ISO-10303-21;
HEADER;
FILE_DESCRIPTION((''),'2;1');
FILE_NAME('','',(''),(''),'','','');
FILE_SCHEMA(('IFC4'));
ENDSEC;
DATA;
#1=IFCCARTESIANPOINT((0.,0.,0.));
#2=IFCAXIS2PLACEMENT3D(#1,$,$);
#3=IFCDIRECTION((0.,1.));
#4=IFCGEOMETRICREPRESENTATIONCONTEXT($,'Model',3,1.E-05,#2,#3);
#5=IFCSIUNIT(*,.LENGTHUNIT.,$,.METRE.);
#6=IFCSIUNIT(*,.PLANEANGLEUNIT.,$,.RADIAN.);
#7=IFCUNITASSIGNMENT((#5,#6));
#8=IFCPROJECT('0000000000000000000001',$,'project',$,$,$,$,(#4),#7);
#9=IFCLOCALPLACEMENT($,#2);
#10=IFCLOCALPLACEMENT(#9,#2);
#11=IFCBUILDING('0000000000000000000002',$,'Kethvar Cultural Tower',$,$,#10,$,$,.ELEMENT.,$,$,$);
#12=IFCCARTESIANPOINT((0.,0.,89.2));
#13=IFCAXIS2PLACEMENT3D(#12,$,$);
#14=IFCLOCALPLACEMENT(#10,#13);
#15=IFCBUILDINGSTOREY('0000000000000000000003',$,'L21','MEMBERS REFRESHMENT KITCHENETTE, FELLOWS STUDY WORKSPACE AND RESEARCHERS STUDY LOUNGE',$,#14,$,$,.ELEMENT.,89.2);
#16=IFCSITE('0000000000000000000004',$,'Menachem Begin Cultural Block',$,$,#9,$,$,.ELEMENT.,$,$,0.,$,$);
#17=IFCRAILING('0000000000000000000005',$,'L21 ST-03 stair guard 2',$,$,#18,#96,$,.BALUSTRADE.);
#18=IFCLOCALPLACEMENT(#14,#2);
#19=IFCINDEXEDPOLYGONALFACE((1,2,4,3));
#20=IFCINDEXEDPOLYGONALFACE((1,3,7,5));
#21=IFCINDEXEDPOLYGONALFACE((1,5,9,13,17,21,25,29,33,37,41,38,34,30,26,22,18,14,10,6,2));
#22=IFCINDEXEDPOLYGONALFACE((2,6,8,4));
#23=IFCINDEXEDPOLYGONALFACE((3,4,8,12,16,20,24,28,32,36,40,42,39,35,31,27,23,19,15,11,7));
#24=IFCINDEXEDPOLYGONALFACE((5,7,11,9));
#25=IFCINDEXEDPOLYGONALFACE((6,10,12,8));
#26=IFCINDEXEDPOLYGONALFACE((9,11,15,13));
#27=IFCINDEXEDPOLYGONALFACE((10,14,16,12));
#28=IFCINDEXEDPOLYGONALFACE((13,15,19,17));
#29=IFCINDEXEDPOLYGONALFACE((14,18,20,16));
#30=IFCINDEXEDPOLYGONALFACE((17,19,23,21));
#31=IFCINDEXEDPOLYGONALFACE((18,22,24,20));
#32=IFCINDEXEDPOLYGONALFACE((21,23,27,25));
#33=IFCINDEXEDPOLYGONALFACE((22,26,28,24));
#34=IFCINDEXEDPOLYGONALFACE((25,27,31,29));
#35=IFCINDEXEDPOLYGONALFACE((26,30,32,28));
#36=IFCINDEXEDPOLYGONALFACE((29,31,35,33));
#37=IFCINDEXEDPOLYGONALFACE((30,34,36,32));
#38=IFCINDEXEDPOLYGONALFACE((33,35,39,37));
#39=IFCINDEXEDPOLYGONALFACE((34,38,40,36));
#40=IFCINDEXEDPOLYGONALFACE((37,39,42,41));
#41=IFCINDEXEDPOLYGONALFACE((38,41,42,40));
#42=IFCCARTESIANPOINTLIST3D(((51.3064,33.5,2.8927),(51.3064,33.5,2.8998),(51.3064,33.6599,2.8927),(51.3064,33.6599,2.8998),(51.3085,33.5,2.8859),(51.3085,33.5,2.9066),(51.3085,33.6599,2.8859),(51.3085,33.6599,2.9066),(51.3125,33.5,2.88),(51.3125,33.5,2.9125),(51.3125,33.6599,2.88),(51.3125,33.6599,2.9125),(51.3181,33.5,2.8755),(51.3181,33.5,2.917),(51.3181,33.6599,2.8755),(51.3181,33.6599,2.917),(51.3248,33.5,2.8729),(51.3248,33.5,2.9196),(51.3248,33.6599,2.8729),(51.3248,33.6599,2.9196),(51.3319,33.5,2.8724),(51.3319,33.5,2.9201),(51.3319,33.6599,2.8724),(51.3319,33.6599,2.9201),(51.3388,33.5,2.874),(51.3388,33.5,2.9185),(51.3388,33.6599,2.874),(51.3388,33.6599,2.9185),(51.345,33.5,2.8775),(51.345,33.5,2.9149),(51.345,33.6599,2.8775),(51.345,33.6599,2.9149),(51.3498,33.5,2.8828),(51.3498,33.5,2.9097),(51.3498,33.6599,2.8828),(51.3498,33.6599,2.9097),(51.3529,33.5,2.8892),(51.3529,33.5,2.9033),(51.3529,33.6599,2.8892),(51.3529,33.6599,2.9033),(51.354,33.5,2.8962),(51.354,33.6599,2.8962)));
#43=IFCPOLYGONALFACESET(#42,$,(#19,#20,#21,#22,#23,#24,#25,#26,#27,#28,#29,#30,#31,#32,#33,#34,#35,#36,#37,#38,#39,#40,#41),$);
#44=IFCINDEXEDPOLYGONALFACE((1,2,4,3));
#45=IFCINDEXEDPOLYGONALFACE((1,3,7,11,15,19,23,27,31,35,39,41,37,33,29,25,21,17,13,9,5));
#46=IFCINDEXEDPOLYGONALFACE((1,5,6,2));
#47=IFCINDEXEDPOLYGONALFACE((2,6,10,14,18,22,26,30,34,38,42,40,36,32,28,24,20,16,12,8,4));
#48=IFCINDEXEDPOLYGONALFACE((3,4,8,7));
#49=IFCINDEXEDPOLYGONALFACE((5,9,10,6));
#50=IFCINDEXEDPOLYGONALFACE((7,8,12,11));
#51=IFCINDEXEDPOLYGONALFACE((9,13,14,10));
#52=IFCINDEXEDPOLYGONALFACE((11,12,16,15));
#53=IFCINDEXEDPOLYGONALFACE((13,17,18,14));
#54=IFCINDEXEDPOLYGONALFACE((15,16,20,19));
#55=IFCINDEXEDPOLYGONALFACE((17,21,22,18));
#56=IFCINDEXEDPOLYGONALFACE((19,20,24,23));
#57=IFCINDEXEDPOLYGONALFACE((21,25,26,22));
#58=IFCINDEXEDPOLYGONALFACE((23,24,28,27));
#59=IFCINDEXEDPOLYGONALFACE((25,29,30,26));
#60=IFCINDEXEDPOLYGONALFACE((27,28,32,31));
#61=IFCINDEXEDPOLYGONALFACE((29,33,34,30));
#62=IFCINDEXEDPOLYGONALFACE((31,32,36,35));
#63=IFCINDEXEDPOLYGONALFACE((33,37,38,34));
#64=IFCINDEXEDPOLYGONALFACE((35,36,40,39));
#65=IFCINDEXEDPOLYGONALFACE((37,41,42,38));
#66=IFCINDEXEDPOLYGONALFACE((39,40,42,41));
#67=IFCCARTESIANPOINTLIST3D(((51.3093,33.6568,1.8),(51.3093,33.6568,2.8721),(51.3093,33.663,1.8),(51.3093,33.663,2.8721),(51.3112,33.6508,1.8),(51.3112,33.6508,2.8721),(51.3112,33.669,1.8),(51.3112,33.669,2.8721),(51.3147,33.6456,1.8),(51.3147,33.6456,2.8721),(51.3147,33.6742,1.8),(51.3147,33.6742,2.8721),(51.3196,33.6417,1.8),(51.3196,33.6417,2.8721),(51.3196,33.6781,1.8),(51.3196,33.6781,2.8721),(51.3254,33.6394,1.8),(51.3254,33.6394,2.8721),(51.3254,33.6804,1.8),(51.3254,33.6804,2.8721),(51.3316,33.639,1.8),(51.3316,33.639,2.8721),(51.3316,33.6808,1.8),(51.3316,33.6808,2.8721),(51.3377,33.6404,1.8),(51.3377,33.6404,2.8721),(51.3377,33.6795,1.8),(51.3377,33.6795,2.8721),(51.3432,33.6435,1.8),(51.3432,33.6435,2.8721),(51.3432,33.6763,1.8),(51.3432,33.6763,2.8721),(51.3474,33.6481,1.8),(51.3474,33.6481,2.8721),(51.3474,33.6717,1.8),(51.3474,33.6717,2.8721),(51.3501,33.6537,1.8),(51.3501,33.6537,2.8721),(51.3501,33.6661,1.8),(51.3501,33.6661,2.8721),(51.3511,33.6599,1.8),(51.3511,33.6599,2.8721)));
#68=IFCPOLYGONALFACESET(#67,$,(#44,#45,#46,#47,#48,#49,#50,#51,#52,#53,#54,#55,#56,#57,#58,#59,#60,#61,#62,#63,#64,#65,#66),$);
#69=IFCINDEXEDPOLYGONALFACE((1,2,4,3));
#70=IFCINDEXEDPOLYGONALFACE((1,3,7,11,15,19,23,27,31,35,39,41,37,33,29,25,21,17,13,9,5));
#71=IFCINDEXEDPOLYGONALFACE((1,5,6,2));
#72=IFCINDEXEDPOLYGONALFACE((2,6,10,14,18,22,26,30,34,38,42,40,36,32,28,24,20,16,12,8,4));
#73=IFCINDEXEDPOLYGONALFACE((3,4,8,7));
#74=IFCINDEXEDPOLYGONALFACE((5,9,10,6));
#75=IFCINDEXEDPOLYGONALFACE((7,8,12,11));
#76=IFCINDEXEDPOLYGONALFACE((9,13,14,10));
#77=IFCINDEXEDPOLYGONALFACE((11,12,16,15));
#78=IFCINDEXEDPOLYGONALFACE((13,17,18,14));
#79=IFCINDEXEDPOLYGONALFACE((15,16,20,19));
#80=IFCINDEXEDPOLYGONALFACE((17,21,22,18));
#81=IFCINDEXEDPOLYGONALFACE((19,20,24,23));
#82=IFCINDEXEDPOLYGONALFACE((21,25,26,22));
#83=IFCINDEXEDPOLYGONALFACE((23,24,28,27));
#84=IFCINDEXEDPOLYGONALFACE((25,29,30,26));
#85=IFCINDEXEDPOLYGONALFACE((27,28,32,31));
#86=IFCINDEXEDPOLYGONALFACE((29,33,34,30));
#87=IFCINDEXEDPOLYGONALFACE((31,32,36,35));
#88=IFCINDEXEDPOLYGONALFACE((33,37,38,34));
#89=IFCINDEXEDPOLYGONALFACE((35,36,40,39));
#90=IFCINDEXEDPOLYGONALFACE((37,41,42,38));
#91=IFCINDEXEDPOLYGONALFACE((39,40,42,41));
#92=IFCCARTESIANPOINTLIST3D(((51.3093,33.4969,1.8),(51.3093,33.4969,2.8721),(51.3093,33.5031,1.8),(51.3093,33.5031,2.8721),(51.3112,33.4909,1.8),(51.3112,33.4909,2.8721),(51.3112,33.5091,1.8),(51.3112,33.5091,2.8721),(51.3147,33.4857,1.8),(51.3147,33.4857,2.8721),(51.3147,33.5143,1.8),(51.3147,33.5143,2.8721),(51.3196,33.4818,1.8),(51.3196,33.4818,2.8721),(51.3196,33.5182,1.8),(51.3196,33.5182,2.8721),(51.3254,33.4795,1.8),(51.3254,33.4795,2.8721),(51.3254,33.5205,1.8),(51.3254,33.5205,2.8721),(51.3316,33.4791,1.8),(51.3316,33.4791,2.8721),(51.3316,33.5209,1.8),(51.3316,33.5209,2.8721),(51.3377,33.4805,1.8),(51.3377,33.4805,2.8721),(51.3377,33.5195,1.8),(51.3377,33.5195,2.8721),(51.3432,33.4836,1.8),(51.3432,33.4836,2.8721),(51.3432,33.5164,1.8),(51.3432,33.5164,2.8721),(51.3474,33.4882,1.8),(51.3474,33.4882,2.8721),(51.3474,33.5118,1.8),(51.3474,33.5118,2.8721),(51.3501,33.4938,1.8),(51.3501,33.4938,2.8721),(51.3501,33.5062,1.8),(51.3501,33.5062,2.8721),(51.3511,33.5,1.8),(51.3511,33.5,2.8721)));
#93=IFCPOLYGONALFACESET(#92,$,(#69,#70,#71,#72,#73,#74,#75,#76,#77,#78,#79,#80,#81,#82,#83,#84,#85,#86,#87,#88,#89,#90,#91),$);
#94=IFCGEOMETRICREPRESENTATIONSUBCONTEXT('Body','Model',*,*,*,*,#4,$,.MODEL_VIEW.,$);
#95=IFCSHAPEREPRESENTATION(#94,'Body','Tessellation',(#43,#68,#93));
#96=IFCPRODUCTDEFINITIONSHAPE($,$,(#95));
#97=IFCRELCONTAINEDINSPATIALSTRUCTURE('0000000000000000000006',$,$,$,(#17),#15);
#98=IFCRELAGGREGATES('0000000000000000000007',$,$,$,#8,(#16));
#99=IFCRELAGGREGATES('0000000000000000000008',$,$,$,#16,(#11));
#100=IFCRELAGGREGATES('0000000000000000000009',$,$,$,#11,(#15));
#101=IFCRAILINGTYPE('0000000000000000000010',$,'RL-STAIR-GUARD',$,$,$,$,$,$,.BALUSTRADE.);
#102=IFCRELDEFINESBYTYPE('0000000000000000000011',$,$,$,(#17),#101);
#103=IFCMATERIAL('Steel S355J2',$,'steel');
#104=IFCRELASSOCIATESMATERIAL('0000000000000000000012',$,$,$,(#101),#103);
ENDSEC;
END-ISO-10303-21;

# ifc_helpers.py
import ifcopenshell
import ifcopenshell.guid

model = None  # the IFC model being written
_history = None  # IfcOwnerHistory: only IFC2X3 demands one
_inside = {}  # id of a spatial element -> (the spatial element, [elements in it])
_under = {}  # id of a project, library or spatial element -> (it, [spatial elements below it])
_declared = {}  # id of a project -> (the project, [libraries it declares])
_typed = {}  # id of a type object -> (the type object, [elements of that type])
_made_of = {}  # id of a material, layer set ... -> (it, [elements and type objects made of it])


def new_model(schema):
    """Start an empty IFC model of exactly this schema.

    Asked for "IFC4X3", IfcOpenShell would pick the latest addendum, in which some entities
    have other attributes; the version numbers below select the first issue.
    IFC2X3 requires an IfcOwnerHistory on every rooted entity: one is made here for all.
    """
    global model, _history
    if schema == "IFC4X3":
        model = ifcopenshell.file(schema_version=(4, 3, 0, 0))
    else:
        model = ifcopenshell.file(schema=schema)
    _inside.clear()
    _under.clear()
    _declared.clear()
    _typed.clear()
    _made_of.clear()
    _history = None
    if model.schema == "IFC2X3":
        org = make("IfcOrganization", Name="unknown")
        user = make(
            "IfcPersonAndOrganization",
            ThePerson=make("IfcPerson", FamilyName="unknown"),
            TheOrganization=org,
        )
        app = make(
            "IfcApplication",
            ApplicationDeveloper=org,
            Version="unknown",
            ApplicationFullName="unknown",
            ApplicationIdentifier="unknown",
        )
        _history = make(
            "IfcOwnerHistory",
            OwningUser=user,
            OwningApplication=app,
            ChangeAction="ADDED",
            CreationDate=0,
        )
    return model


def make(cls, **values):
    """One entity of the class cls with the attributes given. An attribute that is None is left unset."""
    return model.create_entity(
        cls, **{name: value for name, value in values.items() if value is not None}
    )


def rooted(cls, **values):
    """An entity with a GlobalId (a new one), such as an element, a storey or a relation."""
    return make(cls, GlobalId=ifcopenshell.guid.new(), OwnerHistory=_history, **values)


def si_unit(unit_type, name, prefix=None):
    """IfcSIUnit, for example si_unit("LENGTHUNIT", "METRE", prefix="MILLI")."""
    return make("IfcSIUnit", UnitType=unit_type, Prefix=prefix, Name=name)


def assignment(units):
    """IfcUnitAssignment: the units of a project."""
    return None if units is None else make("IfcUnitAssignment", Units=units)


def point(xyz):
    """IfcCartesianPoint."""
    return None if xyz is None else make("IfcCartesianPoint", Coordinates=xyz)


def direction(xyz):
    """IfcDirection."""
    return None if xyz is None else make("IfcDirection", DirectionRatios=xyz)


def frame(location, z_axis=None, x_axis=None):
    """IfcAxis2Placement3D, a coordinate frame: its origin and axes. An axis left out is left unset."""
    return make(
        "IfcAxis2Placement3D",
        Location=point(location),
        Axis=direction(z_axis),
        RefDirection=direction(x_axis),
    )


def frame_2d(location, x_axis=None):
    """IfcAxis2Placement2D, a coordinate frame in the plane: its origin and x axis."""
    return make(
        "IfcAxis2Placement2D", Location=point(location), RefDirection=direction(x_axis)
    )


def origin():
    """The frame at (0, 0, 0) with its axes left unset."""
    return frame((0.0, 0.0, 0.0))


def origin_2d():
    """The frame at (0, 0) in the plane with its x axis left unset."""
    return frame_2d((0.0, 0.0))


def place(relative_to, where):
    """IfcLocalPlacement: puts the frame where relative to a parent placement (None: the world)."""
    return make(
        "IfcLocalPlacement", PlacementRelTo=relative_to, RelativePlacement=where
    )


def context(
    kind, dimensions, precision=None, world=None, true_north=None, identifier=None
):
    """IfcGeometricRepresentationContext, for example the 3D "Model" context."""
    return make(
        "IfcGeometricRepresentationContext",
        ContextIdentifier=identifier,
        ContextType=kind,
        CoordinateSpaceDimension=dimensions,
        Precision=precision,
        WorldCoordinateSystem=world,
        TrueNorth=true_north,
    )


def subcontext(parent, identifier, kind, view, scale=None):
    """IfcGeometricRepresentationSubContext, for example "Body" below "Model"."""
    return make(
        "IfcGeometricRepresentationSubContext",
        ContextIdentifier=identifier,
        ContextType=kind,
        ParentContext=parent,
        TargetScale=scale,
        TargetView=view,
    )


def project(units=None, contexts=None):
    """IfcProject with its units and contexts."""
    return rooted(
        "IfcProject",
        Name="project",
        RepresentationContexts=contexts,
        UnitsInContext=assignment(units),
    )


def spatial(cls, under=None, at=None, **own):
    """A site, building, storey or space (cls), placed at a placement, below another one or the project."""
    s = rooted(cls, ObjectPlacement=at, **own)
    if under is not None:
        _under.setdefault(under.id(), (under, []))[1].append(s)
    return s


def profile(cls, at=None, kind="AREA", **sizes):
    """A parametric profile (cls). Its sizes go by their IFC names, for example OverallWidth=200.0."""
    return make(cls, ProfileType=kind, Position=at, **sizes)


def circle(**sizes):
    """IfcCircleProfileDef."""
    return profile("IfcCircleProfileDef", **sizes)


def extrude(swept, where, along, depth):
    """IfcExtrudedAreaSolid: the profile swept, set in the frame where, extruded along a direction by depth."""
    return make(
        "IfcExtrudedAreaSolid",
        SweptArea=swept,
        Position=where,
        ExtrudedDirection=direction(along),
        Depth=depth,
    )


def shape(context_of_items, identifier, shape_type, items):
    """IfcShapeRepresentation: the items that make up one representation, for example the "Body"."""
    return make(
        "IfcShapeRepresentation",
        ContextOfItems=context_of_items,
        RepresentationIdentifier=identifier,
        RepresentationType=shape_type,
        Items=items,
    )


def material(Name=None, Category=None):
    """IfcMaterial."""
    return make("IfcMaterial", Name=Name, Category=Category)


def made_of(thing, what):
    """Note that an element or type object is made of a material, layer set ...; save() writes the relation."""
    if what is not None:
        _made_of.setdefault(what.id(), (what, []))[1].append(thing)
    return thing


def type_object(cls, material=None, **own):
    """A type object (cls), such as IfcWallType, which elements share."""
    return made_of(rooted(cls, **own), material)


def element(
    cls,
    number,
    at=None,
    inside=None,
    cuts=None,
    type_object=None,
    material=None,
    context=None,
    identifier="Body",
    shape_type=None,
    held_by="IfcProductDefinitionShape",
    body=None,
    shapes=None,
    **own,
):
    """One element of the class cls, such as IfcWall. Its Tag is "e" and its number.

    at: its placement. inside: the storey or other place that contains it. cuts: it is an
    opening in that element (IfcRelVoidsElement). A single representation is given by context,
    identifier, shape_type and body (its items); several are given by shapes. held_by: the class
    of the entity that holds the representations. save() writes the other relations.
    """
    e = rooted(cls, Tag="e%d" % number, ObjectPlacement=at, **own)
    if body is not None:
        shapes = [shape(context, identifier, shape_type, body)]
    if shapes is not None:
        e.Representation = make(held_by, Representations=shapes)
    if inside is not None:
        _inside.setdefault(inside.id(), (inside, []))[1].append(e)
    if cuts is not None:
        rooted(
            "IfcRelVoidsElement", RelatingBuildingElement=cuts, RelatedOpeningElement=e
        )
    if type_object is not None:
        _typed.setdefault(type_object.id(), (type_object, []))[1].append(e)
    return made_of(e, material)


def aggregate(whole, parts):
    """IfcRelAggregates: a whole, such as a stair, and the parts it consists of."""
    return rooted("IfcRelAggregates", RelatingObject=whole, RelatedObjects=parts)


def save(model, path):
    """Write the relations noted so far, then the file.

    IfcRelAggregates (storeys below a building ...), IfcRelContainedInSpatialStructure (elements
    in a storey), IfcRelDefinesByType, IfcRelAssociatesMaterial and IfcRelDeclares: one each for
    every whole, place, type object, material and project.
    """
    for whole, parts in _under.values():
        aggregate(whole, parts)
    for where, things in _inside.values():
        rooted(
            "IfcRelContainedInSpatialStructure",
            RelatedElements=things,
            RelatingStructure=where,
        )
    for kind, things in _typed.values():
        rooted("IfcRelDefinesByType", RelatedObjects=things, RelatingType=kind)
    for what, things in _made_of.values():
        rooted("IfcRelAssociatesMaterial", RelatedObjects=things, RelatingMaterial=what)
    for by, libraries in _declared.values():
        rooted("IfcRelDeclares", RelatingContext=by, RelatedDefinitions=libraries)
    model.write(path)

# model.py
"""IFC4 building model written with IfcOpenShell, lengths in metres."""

from ifc_helpers import new_model, si_unit, direction, frame, origin, origin_2d, place, context, subcontext, project, spatial, circle, extrude, material, type_object, element, save


model = new_model("IFC4")

# Units and contexts
model_context = context("Model", 3, precision=1e-05, world=origin(), true_north=direction((0.0, 1.0)))
body_context = subcontext(model_context, "Body", "Model", "MODEL_VIEW")
ifc_project = project(units=[si_unit("LENGTHUNIT", "METRE"), si_unit("PLANEANGLEUNIT", "RADIAN")], contexts=[model_context])

# Site, building, storey
site_placement = place(None, origin())
site = spatial("IfcSite", under=ifc_project, at=site_placement, Name="Menachem Begin Cultural Block", CompositionType="ELEMENT", RefElevation=0.0)
building_placement = place(site_placement, origin())
building = spatial("IfcBuilding", under=site, at=building_placement, Name="Kethvar Cultural Tower", CompositionType="ELEMENT")
storey_placement = place(building_placement, frame((0.0, 0.0, 89.2)))
storey = spatial("IfcBuildingStorey", under=building, at=storey_placement, Name="L21", Description="MEMBERS REFRESHMENT KITCHENETTE, FELLOWS STUDY WORKSPACE AND RESEARCHERS STUDY LOUNGE", CompositionType="ELEMENT", Elevation=89.2)

# Shared definitions
ifc_material_1 = material(Name="Steel S355J2", Category="steel")

# Railing
railing_type_1 = type_object("IfcRailingType", Name="RL-STAIR-GUARD", PredefinedType="BALUSTRADE", material=ifc_material_1)
railing_1_placement = place(storey_placement, frame((51.3301, 33.6599, 1.8)))
element("IfcRailing", 1, at=railing_1_placement, inside=storey, type_object=railing_type_1, Name="L21 ST-03 stair guard 2", PredefinedType="BALUSTRADE", context=body_context, shape_type="SweptSolid", body=[
    extrude(circle(Radius=0.0239, at=origin_2d()), frame((0.0, 0.0, 1.0962), z_axis=(0.0, -1.0, 0.0), x_axis=(1.0, 0.0, 0.0)), (0.0, 0.0, 1.0), 0.1599),
    extrude(circle(Radius=0.021, at=origin_2d()), origin(), (0.0, 0.0, 1.0), 1.072),
    extrude(circle(Radius=0.021, at=origin_2d()), frame((0.0, -0.1599, 0.0)), (0.0, 0.0, 1.0), 1.072),
])

save(model, "model.ifc")
